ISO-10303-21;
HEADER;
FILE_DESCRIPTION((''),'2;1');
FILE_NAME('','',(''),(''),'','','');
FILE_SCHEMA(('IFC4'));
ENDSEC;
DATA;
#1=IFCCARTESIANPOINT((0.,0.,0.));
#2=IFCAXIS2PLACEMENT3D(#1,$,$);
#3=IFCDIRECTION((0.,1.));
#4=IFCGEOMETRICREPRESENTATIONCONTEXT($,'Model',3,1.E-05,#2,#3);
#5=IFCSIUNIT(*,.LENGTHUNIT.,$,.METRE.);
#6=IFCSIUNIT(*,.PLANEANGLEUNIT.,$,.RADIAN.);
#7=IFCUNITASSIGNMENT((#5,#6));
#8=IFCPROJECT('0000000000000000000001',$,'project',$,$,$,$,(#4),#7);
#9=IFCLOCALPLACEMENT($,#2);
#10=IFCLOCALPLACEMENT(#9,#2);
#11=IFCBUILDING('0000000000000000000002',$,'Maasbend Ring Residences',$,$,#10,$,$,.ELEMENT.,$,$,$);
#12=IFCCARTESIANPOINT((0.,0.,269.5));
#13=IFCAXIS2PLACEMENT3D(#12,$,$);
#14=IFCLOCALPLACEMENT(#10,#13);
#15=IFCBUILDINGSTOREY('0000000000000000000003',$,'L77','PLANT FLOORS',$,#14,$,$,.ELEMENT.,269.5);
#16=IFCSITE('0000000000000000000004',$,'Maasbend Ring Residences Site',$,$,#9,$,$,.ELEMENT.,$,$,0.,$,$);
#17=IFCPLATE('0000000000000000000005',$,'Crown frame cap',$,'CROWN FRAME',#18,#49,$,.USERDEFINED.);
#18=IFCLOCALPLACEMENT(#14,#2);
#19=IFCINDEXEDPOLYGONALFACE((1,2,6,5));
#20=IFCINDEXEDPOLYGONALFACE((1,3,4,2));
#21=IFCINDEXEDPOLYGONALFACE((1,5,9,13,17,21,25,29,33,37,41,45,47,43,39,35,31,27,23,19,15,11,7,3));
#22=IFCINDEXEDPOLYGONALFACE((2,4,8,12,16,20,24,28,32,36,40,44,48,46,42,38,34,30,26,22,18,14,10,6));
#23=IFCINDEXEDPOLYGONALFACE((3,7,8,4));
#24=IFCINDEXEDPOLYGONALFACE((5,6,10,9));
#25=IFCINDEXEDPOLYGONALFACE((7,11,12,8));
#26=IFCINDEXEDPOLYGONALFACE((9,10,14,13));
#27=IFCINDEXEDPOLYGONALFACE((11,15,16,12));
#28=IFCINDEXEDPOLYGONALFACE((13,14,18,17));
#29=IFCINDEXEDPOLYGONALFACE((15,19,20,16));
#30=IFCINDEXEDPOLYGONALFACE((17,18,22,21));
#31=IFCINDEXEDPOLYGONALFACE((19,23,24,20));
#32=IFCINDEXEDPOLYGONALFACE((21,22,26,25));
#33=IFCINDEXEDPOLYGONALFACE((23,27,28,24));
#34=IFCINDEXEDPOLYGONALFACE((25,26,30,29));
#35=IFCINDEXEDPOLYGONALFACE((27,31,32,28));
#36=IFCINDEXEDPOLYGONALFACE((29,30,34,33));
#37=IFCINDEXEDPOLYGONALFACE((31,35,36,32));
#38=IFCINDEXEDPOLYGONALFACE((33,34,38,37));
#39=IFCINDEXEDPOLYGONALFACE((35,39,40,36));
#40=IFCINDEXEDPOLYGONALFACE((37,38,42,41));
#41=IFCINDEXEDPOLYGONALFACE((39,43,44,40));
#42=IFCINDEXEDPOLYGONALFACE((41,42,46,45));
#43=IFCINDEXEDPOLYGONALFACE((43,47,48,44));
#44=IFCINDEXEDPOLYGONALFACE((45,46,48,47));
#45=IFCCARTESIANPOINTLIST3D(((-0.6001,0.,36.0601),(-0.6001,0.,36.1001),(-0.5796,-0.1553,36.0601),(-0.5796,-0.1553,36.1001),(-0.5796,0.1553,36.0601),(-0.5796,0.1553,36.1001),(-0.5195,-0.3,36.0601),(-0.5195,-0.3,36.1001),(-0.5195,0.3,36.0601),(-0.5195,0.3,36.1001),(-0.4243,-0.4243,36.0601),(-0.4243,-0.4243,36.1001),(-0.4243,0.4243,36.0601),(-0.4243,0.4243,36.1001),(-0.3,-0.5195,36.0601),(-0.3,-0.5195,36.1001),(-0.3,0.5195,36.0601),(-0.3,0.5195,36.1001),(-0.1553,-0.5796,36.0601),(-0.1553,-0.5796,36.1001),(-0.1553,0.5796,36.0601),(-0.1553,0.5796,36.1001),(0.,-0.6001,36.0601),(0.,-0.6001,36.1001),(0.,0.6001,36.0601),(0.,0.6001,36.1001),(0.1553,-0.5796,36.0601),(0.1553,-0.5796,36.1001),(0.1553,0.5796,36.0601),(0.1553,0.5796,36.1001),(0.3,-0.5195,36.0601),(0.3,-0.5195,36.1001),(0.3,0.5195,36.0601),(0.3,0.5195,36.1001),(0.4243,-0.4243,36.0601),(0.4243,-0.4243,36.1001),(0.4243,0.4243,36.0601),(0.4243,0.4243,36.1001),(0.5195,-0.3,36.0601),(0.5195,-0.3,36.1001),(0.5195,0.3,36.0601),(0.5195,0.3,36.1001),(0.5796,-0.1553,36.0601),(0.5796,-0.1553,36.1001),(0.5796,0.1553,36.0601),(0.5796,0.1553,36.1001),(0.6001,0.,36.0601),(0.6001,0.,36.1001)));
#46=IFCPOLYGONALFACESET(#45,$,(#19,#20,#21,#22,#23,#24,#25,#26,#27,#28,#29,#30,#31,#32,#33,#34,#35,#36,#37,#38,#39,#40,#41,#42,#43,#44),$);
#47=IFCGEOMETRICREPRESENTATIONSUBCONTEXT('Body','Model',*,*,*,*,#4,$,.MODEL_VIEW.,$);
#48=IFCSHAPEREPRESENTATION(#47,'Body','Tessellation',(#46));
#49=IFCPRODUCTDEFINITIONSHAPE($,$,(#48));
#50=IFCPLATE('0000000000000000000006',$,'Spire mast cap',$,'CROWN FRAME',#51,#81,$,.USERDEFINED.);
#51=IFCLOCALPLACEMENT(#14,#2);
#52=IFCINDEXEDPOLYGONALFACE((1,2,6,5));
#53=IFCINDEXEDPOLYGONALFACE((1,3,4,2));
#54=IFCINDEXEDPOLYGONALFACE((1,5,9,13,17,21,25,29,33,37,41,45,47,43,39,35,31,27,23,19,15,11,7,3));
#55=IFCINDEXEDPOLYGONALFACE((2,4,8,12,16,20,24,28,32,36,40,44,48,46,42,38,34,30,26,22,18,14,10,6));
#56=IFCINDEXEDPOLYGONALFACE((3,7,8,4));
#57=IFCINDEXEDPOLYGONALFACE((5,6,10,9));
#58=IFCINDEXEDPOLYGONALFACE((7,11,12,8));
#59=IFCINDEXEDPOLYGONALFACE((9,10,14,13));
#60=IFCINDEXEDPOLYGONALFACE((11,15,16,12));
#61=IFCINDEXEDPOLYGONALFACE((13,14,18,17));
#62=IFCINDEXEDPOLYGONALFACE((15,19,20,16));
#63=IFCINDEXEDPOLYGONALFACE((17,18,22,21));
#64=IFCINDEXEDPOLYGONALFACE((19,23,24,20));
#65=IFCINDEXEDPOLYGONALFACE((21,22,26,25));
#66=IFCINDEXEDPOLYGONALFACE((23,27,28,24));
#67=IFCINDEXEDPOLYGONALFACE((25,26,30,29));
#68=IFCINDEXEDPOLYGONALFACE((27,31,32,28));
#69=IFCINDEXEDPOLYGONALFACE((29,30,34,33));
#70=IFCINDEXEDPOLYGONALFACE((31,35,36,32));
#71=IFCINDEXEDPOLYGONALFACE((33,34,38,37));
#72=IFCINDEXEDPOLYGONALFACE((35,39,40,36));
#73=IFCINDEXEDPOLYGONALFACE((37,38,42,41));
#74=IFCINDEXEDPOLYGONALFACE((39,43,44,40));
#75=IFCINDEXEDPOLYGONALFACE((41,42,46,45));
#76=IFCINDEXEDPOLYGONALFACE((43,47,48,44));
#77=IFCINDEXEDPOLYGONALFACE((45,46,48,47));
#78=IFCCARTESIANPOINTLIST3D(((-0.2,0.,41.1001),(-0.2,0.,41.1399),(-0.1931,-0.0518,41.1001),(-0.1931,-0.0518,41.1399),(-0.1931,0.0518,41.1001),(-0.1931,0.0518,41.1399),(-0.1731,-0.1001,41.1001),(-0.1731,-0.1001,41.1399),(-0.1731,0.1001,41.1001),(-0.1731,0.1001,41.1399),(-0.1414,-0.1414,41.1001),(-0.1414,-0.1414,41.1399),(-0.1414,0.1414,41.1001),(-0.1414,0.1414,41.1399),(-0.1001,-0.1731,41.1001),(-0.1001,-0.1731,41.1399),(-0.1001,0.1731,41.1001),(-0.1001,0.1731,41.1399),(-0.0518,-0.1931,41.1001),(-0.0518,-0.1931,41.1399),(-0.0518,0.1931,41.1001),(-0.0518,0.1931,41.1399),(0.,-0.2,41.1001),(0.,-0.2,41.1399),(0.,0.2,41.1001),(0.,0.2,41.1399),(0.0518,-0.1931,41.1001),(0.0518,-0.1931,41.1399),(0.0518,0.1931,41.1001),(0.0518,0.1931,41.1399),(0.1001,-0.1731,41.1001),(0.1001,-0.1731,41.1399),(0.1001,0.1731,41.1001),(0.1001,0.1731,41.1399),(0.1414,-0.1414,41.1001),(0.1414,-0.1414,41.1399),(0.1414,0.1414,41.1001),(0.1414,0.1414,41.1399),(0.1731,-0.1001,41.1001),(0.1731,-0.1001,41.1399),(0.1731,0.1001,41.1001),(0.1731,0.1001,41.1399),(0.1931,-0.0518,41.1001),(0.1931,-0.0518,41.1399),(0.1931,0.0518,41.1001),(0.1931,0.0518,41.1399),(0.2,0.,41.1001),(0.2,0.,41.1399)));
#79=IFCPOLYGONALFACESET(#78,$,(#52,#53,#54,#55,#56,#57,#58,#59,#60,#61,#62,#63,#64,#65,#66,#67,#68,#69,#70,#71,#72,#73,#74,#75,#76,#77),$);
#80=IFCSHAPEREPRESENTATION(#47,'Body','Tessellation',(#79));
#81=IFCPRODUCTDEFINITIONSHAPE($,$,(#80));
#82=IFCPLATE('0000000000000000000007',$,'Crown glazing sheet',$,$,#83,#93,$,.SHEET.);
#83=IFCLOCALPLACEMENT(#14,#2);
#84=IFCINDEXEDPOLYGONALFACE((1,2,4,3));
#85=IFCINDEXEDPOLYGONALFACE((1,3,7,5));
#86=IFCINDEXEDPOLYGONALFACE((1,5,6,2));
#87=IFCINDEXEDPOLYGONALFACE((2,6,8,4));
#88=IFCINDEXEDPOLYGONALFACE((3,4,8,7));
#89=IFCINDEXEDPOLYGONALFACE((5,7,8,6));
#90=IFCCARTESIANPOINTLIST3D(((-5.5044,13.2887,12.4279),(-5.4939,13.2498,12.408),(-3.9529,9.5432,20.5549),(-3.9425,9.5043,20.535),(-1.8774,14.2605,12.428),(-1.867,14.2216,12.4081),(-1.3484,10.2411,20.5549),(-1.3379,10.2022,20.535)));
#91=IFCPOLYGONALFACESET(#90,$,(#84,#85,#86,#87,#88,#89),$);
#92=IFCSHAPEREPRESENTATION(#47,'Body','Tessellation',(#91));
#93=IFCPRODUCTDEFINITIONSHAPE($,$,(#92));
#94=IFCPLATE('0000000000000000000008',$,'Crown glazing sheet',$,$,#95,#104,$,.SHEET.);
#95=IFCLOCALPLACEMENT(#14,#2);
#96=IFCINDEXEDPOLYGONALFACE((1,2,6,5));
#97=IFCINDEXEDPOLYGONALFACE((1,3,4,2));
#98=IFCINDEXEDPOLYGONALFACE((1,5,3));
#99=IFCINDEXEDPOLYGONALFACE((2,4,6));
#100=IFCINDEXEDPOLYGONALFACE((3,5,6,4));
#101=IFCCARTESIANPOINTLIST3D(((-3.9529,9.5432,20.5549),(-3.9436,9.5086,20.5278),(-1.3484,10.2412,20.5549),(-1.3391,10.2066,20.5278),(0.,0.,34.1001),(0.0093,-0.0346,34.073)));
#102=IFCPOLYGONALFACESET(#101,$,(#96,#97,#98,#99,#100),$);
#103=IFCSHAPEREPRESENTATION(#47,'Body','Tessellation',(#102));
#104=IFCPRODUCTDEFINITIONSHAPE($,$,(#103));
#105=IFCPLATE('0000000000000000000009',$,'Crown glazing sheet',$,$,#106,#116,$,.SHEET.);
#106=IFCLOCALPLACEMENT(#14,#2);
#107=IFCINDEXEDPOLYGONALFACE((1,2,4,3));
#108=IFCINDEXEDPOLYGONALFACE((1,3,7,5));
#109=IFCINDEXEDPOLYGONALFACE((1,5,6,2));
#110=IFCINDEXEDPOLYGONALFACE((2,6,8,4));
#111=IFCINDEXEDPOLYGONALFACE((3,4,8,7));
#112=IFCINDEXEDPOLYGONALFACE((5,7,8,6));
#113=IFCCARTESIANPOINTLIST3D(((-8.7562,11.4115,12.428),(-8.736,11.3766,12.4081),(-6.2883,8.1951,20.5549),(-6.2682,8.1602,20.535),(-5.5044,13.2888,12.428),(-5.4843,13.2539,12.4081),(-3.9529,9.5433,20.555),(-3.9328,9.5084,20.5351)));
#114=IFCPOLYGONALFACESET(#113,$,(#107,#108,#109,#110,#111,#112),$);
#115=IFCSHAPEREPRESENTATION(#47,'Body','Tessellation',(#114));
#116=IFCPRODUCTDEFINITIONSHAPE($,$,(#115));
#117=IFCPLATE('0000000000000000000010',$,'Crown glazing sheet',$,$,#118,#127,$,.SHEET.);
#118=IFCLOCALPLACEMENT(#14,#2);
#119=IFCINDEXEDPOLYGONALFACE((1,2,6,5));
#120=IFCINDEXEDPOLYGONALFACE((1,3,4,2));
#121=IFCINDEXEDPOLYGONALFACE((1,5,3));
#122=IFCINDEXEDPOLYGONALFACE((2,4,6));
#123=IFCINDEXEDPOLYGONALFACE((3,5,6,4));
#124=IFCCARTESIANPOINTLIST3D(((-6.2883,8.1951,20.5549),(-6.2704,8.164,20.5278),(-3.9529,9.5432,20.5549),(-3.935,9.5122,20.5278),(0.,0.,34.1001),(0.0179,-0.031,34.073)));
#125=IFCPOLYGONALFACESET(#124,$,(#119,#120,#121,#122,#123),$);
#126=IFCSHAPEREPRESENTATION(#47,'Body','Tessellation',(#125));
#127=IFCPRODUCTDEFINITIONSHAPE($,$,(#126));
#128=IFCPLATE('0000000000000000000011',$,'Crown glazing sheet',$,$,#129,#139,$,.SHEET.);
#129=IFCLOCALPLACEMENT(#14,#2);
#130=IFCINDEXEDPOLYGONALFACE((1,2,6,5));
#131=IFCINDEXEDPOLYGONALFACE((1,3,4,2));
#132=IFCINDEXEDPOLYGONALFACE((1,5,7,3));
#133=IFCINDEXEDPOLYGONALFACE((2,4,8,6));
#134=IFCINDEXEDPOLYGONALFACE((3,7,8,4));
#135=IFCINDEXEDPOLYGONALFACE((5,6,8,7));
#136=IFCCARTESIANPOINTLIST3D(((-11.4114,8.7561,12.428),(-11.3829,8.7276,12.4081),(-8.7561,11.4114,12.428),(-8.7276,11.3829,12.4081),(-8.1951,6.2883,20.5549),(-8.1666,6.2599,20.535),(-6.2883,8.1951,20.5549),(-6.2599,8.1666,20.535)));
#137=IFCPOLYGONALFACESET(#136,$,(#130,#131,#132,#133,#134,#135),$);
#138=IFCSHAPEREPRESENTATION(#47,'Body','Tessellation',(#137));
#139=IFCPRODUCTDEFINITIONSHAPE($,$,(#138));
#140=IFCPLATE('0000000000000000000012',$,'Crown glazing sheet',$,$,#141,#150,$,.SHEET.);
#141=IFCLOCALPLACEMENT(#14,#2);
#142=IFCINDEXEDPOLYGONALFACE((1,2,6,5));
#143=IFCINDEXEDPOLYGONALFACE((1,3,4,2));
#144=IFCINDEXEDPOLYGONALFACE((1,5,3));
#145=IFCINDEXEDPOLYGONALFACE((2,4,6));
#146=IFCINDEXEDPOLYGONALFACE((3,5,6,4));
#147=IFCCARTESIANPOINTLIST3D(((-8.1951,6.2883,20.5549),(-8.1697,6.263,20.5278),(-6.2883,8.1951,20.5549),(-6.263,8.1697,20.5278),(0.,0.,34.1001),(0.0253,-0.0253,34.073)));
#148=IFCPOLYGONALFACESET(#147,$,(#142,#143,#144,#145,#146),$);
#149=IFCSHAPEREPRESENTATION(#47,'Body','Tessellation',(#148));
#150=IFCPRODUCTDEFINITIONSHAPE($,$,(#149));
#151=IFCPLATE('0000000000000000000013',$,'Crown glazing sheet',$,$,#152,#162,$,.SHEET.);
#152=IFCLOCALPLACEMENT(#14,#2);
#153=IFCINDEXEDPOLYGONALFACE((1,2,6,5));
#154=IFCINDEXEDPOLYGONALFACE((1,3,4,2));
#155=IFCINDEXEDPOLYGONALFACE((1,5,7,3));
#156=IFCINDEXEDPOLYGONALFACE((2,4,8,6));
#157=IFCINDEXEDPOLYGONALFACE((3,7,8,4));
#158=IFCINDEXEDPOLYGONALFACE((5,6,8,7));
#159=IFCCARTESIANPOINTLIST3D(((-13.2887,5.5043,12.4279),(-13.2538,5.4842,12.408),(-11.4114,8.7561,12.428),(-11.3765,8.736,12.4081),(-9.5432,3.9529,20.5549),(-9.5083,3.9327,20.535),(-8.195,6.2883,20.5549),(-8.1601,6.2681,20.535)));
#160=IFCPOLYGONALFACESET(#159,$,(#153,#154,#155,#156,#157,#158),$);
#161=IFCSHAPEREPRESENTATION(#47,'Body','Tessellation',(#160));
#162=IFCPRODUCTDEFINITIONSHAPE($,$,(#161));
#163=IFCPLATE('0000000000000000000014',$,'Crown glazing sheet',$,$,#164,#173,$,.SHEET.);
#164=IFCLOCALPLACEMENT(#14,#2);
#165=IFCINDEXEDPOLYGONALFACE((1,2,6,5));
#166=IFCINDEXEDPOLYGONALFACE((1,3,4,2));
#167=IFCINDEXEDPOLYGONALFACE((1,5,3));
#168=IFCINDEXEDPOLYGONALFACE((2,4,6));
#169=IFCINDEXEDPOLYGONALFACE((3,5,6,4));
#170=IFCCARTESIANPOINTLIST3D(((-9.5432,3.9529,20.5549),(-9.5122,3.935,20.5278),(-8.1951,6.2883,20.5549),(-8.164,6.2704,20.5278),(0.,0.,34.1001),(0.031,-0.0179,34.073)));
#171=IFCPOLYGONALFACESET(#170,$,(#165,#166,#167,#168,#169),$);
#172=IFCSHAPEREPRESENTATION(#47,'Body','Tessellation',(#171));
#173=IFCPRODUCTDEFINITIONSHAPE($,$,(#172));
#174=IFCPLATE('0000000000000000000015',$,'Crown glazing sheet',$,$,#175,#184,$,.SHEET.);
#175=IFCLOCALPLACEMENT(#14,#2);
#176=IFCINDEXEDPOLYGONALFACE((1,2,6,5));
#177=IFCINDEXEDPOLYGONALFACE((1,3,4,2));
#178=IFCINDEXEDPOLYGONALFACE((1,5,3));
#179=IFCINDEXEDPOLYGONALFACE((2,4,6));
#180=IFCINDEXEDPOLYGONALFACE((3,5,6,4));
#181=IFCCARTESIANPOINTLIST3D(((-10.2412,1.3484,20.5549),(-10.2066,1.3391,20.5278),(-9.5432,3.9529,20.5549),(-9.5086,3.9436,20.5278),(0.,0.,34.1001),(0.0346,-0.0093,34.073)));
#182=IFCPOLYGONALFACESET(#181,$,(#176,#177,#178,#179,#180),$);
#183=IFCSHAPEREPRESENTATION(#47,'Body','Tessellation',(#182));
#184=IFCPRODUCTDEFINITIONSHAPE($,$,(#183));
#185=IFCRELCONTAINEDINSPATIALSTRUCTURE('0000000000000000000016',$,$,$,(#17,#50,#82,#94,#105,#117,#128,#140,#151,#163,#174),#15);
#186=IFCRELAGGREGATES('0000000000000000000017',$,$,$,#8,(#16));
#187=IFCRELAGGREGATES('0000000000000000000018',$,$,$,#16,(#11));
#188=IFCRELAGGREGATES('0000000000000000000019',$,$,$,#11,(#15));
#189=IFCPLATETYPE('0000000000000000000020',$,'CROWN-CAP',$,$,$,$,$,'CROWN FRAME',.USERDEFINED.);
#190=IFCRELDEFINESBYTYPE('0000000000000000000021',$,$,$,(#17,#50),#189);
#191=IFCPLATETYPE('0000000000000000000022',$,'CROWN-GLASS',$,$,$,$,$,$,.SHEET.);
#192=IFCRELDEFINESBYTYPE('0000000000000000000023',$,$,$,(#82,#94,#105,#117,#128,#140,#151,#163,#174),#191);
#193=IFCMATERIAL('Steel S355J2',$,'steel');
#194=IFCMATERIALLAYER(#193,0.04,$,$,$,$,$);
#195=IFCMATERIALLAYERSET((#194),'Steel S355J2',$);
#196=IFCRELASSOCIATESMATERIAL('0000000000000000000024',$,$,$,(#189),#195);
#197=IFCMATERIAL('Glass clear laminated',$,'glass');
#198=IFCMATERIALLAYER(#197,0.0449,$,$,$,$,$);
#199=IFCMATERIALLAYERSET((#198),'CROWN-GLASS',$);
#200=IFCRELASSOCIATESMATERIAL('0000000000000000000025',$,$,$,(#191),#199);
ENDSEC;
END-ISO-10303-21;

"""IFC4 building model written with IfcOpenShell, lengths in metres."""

from ifc_helpers import new_model, si_unit, direction, frame, origin, place, context, subcontext, project, spatial, polyline, outline, extrude, material, layer, layer_set, type_object, element, save


model = new_model("IFC4")

# Units and contexts
model_context = context("Model", 3, precision=1e-05, world=origin(), true_north=direction((0.0, 1.0)))
body_context = subcontext(model_context, "Body", "Model", "MODEL_VIEW")
ifc_project = project(units=[si_unit("LENGTHUNIT", "METRE"), si_unit("PLANEANGLEUNIT", "RADIAN")], contexts=[model_context])

# Site, building, storey
site_placement = place(None, origin())
site = spatial("IfcSite", under=ifc_project, at=site_placement, Name="Maasbend Ring Residences Site", CompositionType="ELEMENT", RefElevation=0.0)
building_placement = place(site_placement, origin())
building = spatial("IfcBuilding", under=site, at=building_placement, Name="Maasbend Ring Residences", CompositionType="ELEMENT")
storey_placement = place(building_placement, frame((0.0, 0.0, 269.5)))
storey = spatial("IfcBuildingStorey", under=building, at=storey_placement, Name="L77", Description="PLANT FLOORS", CompositionType="ELEMENT", Elevation=269.5)

# Plates
ifc_material_1 = material(Name="Steel S355J2", Category="steel")
ifc_layer_1 = layer(ifc_material_1, 0.04)
ifc_layer_set_1 = layer_set([ifc_layer_1], Name="Steel S355J2")
plate_type_1 = type_object("IfcPlateType", Name="CROWN-CAP", ElementType="CROWN FRAME", PredefinedType="USERDEFINED", material=ifc_layer_set_1)
plate_1_placement = place(storey_placement, frame((0.0, 0.0, 36.0601)))
element("IfcPlate", 1, at=plate_1_placement, inside=storey, type_object=plate_type_1, Name="Crown frame cap", ObjectType="CROWN FRAME", PredefinedType="USERDEFINED", context=body_context, shape_type="SweptSolid", body=[
    extrude(outline(polyline([(0.6001, 0.0), (0.5796, 0.1553), (0.5195, 0.3), (0.4243, 0.4243), (0.3, 0.5195), (0.1553, 0.5796), (0.0, 0.6001), (-0.1553, 0.5796), (-0.3, 0.5195), (-0.4243, 0.4243), (-0.5195, 0.3), (-0.5796, 0.1553), (-0.6001, 0.0), (-0.5796, -0.1553), (-0.5195, -0.3), (-0.4243, -0.4243), (-0.3, -0.5195), (-0.1553, -0.5796), (0.0, -0.6001), (0.1553, -0.5796), (0.3, -0.5195), (0.4243, -0.4243), (0.5195, -0.3), (0.5796, -0.1553), (0.6001, 0.0)])), origin(), (0.0, 0.0, 1.0), 0.04),
])
plate_2_placement = place(storey_placement, frame((0.0, 0.0, 41.1001)))
element("IfcPlate", 2, at=plate_2_placement, inside=storey, type_object=plate_type_1, Name="Spire mast cap", ObjectType="CROWN FRAME", PredefinedType="USERDEFINED", context=body_context, shape_type="SweptSolid", body=[
    extrude(outline(polyline([(0.2, 0.0), (0.1931, 0.0518), (0.1731, 0.1001), (0.1414, 0.1414), (0.1001, 0.1731), (0.0518, 0.1931), (0.0, 0.2), (-0.0518, 0.1931), (-0.1001, 0.1731), (-0.1414, 0.1414), (-0.1731, 0.1001), (-0.1931, 0.0518), (-0.2, 0.0), (-0.1931, -0.0518), (-0.1731, -0.1001), (-0.1414, -0.1414), (-0.1001, -0.1731), (-0.0518, -0.1931), (0.0, -0.2), (0.0518, -0.1931), (0.1001, -0.1731), (0.1414, -0.1414), (0.1731, -0.1001), (0.1931, -0.0518), (0.2, 0.0)])), origin(), (0.0, 0.0, 1.0), 0.0398),
])
ifc_material_2 = material(Name="Glass clear laminated", Category="glass")
ifc_layer_2 = layer(ifc_material_2, 0.0449)
ifc_layer_set_2 = layer_set([ifc_layer_2], Name="CROWN-GLASS")
plate_type_2 = type_object("IfcPlateType", Name="CROWN-GLASS", PredefinedType="SHEET", material=ifc_layer_set_2)
plate_3_placement = place(storey_placement, frame((-1.8774, 14.2605, 12.428), z_axis=(-0.231992, 0.865822, 0.44332), x_axis=(-0.965929, -0.258807, -0.000014)))
element("IfcPlate", 3, at=plate_3_placement, inside=storey, type_object=plate_type_2, Name="Crown glazing sheet", PredefinedType="SHEET", context=body_context, shape_type="SweptSolid", body=[
    extrude(outline(polyline([(0.0, 0.0), (3.7549, 0.0), (3.2255, 9.0666), (0.5291, 9.0665), (0.0, 0.0)])), origin(), (0.0, 0.0, -1.0), 0.0449),
])
plate_4_placement = place(storey_placement, frame((-1.3484, 10.2412, 20.5549), z_axis=(-0.206486, 0.770478, 0.603097), x_axis=(-0.965914, -0.258863, 0.0)))
element("IfcPlate", 4, at=plate_4_placement, inside=storey, type_object=plate_type_2, Name="Crown glazing sheet", PredefinedType="SHEET", context=body_context, shape_type="SweptSolid", body=[
    extrude(outline(polyline([(0.0, 0.0), (2.6964, 0.0), (1.3486, 16.981), (0.0, 0.0)])), origin(), (0.0, 0.0, -1.0), 0.0449),
])
plate_5_placement = place(storey_placement, frame((-5.5044, 13.2888, 12.428), z_axis=(-0.448164, 0.776282, 0.443322), x_axis=(-0.866033, -0.499988, 0.000015)))
element("IfcPlate", 5, at=plate_5_placement, inside=storey, type_object=plate_type_2, Name="Crown glazing sheet", PredefinedType="SHEET", context=body_context, shape_type="SweptSolid", body=[
    extrude(outline(polyline([(0.0, 0.0), (3.7548, 0.0), (3.2258, 9.0665), (0.5292, 9.0666), (0.0, 0.0)])), origin(), (0.0, 0.0, -1.0), 0.0449),
])
plate_6_placement = place(storey_placement, frame((-3.9529, 9.5432, 20.5549), z_axis=(-0.398783, 0.690829, 0.603098), x_axis=(-0.866062, -0.499937, 0.0)))
element("IfcPlate", 6, at=plate_6_placement, inside=storey, type_object=plate_type_2, Name="Crown glazing sheet", PredefinedType="SHEET", context=body_context, shape_type="SweptSolid", body=[
    extrude(outline(polyline([(0.0, 0.0), (2.6966, 0.0), (1.3476, 16.981), (0.0, 0.0)])), origin(), (0.0, 0.0, -1.0), 0.0449),
])
plate_7_placement = place(storey_placement, frame((-8.7561, 11.4114, 12.428), z_axis=(-0.633829, 0.633829, 0.443307), x_axis=(-0.707107, -0.707107, 0.0)))
element("IfcPlate", 7, at=plate_7_placement, inside=storey, type_object=plate_type_2, Name="Crown glazing sheet", PredefinedType="SHEET", context=body_context, shape_type="SweptSolid", body=[
    extrude(outline(polyline([(0.0, 0.0), (3.7551, 0.0), (3.2258, 9.0665), (0.5293, 9.0665), (0.0, 0.0)])), origin(), (0.0, 0.0, -1.0), 0.0449),
])
plate_8_placement = place(storey_placement, frame((-6.2883, 8.1951, 20.5549), z_axis=(-0.564033, 0.564033, 0.603102), x_axis=(-0.707107, -0.707107, 0.0)))
element("IfcPlate", 8, at=plate_8_placement, inside=storey, type_object=plate_type_2, Name="Crown glazing sheet", PredefinedType="SHEET", context=body_context, shape_type="SweptSolid", body=[
    extrude(outline(polyline([(0.0, 0.0), (2.6965, 0.0), (1.3483, 16.981), (0.0, 0.0)])), origin(), (0.0, 0.0, -1.0), 0.0449),
])
plate_9_placement = place(storey_placement, frame((-11.4114, 8.7561, 12.428), z_axis=(-0.776282, 0.448164, 0.443322), x_axis=(-0.499988, -0.866033, -0.000015)))
element("IfcPlate", 9, at=plate_9_placement, inside=storey, type_object=plate_type_2, Name="Crown glazing sheet", PredefinedType="SHEET", context=body_context, shape_type="SweptSolid", body=[
    extrude(outline(polyline([(0.0, 0.0), (3.7548, 0.0), (3.2256, 9.0666), (0.5289, 9.0665), (0.0, 0.0)])), origin(), (0.0, 0.0, -1.0), 0.0449),
])
plate_10_placement = place(storey_placement, frame((-8.1951, 6.2883, 20.5549), z_axis=(-0.690829, 0.398783, 0.603098), x_axis=(-0.499937, -0.866062, 0.0)))
element("IfcPlate", 10, at=plate_10_placement, inside=storey, type_object=plate_type_2, Name="Crown glazing sheet", PredefinedType="SHEET", context=body_context, shape_type="SweptSolid", body=[
    extrude(outline(polyline([(0.0, 0.0), (2.6966, 0.0), (1.3491, 16.981), (0.0, 0.0)])), origin(), (0.0, 0.0, -1.0), 0.0449),
])
plate_11_placement = place(storey_placement, frame((-9.5432, 3.9529, 20.5549), z_axis=(-0.770478, 0.206486, 0.603097), x_axis=(-0.258863, -0.965914, 0.0)))
element("IfcPlate", 11, at=plate_11_placement, inside=storey, type_object=plate_type_2, Name="Crown glazing sheet", PredefinedType="SHEET", context=body_context, shape_type="SweptSolid", body=[
    extrude(outline(polyline([(0.0, 0.0), (2.6964, 0.0), (1.3478, 16.981), (0.0, 0.0)])), origin(), (0.0, 0.0, -1.0), 0.0449),
])

save(model, "model.ifc")
